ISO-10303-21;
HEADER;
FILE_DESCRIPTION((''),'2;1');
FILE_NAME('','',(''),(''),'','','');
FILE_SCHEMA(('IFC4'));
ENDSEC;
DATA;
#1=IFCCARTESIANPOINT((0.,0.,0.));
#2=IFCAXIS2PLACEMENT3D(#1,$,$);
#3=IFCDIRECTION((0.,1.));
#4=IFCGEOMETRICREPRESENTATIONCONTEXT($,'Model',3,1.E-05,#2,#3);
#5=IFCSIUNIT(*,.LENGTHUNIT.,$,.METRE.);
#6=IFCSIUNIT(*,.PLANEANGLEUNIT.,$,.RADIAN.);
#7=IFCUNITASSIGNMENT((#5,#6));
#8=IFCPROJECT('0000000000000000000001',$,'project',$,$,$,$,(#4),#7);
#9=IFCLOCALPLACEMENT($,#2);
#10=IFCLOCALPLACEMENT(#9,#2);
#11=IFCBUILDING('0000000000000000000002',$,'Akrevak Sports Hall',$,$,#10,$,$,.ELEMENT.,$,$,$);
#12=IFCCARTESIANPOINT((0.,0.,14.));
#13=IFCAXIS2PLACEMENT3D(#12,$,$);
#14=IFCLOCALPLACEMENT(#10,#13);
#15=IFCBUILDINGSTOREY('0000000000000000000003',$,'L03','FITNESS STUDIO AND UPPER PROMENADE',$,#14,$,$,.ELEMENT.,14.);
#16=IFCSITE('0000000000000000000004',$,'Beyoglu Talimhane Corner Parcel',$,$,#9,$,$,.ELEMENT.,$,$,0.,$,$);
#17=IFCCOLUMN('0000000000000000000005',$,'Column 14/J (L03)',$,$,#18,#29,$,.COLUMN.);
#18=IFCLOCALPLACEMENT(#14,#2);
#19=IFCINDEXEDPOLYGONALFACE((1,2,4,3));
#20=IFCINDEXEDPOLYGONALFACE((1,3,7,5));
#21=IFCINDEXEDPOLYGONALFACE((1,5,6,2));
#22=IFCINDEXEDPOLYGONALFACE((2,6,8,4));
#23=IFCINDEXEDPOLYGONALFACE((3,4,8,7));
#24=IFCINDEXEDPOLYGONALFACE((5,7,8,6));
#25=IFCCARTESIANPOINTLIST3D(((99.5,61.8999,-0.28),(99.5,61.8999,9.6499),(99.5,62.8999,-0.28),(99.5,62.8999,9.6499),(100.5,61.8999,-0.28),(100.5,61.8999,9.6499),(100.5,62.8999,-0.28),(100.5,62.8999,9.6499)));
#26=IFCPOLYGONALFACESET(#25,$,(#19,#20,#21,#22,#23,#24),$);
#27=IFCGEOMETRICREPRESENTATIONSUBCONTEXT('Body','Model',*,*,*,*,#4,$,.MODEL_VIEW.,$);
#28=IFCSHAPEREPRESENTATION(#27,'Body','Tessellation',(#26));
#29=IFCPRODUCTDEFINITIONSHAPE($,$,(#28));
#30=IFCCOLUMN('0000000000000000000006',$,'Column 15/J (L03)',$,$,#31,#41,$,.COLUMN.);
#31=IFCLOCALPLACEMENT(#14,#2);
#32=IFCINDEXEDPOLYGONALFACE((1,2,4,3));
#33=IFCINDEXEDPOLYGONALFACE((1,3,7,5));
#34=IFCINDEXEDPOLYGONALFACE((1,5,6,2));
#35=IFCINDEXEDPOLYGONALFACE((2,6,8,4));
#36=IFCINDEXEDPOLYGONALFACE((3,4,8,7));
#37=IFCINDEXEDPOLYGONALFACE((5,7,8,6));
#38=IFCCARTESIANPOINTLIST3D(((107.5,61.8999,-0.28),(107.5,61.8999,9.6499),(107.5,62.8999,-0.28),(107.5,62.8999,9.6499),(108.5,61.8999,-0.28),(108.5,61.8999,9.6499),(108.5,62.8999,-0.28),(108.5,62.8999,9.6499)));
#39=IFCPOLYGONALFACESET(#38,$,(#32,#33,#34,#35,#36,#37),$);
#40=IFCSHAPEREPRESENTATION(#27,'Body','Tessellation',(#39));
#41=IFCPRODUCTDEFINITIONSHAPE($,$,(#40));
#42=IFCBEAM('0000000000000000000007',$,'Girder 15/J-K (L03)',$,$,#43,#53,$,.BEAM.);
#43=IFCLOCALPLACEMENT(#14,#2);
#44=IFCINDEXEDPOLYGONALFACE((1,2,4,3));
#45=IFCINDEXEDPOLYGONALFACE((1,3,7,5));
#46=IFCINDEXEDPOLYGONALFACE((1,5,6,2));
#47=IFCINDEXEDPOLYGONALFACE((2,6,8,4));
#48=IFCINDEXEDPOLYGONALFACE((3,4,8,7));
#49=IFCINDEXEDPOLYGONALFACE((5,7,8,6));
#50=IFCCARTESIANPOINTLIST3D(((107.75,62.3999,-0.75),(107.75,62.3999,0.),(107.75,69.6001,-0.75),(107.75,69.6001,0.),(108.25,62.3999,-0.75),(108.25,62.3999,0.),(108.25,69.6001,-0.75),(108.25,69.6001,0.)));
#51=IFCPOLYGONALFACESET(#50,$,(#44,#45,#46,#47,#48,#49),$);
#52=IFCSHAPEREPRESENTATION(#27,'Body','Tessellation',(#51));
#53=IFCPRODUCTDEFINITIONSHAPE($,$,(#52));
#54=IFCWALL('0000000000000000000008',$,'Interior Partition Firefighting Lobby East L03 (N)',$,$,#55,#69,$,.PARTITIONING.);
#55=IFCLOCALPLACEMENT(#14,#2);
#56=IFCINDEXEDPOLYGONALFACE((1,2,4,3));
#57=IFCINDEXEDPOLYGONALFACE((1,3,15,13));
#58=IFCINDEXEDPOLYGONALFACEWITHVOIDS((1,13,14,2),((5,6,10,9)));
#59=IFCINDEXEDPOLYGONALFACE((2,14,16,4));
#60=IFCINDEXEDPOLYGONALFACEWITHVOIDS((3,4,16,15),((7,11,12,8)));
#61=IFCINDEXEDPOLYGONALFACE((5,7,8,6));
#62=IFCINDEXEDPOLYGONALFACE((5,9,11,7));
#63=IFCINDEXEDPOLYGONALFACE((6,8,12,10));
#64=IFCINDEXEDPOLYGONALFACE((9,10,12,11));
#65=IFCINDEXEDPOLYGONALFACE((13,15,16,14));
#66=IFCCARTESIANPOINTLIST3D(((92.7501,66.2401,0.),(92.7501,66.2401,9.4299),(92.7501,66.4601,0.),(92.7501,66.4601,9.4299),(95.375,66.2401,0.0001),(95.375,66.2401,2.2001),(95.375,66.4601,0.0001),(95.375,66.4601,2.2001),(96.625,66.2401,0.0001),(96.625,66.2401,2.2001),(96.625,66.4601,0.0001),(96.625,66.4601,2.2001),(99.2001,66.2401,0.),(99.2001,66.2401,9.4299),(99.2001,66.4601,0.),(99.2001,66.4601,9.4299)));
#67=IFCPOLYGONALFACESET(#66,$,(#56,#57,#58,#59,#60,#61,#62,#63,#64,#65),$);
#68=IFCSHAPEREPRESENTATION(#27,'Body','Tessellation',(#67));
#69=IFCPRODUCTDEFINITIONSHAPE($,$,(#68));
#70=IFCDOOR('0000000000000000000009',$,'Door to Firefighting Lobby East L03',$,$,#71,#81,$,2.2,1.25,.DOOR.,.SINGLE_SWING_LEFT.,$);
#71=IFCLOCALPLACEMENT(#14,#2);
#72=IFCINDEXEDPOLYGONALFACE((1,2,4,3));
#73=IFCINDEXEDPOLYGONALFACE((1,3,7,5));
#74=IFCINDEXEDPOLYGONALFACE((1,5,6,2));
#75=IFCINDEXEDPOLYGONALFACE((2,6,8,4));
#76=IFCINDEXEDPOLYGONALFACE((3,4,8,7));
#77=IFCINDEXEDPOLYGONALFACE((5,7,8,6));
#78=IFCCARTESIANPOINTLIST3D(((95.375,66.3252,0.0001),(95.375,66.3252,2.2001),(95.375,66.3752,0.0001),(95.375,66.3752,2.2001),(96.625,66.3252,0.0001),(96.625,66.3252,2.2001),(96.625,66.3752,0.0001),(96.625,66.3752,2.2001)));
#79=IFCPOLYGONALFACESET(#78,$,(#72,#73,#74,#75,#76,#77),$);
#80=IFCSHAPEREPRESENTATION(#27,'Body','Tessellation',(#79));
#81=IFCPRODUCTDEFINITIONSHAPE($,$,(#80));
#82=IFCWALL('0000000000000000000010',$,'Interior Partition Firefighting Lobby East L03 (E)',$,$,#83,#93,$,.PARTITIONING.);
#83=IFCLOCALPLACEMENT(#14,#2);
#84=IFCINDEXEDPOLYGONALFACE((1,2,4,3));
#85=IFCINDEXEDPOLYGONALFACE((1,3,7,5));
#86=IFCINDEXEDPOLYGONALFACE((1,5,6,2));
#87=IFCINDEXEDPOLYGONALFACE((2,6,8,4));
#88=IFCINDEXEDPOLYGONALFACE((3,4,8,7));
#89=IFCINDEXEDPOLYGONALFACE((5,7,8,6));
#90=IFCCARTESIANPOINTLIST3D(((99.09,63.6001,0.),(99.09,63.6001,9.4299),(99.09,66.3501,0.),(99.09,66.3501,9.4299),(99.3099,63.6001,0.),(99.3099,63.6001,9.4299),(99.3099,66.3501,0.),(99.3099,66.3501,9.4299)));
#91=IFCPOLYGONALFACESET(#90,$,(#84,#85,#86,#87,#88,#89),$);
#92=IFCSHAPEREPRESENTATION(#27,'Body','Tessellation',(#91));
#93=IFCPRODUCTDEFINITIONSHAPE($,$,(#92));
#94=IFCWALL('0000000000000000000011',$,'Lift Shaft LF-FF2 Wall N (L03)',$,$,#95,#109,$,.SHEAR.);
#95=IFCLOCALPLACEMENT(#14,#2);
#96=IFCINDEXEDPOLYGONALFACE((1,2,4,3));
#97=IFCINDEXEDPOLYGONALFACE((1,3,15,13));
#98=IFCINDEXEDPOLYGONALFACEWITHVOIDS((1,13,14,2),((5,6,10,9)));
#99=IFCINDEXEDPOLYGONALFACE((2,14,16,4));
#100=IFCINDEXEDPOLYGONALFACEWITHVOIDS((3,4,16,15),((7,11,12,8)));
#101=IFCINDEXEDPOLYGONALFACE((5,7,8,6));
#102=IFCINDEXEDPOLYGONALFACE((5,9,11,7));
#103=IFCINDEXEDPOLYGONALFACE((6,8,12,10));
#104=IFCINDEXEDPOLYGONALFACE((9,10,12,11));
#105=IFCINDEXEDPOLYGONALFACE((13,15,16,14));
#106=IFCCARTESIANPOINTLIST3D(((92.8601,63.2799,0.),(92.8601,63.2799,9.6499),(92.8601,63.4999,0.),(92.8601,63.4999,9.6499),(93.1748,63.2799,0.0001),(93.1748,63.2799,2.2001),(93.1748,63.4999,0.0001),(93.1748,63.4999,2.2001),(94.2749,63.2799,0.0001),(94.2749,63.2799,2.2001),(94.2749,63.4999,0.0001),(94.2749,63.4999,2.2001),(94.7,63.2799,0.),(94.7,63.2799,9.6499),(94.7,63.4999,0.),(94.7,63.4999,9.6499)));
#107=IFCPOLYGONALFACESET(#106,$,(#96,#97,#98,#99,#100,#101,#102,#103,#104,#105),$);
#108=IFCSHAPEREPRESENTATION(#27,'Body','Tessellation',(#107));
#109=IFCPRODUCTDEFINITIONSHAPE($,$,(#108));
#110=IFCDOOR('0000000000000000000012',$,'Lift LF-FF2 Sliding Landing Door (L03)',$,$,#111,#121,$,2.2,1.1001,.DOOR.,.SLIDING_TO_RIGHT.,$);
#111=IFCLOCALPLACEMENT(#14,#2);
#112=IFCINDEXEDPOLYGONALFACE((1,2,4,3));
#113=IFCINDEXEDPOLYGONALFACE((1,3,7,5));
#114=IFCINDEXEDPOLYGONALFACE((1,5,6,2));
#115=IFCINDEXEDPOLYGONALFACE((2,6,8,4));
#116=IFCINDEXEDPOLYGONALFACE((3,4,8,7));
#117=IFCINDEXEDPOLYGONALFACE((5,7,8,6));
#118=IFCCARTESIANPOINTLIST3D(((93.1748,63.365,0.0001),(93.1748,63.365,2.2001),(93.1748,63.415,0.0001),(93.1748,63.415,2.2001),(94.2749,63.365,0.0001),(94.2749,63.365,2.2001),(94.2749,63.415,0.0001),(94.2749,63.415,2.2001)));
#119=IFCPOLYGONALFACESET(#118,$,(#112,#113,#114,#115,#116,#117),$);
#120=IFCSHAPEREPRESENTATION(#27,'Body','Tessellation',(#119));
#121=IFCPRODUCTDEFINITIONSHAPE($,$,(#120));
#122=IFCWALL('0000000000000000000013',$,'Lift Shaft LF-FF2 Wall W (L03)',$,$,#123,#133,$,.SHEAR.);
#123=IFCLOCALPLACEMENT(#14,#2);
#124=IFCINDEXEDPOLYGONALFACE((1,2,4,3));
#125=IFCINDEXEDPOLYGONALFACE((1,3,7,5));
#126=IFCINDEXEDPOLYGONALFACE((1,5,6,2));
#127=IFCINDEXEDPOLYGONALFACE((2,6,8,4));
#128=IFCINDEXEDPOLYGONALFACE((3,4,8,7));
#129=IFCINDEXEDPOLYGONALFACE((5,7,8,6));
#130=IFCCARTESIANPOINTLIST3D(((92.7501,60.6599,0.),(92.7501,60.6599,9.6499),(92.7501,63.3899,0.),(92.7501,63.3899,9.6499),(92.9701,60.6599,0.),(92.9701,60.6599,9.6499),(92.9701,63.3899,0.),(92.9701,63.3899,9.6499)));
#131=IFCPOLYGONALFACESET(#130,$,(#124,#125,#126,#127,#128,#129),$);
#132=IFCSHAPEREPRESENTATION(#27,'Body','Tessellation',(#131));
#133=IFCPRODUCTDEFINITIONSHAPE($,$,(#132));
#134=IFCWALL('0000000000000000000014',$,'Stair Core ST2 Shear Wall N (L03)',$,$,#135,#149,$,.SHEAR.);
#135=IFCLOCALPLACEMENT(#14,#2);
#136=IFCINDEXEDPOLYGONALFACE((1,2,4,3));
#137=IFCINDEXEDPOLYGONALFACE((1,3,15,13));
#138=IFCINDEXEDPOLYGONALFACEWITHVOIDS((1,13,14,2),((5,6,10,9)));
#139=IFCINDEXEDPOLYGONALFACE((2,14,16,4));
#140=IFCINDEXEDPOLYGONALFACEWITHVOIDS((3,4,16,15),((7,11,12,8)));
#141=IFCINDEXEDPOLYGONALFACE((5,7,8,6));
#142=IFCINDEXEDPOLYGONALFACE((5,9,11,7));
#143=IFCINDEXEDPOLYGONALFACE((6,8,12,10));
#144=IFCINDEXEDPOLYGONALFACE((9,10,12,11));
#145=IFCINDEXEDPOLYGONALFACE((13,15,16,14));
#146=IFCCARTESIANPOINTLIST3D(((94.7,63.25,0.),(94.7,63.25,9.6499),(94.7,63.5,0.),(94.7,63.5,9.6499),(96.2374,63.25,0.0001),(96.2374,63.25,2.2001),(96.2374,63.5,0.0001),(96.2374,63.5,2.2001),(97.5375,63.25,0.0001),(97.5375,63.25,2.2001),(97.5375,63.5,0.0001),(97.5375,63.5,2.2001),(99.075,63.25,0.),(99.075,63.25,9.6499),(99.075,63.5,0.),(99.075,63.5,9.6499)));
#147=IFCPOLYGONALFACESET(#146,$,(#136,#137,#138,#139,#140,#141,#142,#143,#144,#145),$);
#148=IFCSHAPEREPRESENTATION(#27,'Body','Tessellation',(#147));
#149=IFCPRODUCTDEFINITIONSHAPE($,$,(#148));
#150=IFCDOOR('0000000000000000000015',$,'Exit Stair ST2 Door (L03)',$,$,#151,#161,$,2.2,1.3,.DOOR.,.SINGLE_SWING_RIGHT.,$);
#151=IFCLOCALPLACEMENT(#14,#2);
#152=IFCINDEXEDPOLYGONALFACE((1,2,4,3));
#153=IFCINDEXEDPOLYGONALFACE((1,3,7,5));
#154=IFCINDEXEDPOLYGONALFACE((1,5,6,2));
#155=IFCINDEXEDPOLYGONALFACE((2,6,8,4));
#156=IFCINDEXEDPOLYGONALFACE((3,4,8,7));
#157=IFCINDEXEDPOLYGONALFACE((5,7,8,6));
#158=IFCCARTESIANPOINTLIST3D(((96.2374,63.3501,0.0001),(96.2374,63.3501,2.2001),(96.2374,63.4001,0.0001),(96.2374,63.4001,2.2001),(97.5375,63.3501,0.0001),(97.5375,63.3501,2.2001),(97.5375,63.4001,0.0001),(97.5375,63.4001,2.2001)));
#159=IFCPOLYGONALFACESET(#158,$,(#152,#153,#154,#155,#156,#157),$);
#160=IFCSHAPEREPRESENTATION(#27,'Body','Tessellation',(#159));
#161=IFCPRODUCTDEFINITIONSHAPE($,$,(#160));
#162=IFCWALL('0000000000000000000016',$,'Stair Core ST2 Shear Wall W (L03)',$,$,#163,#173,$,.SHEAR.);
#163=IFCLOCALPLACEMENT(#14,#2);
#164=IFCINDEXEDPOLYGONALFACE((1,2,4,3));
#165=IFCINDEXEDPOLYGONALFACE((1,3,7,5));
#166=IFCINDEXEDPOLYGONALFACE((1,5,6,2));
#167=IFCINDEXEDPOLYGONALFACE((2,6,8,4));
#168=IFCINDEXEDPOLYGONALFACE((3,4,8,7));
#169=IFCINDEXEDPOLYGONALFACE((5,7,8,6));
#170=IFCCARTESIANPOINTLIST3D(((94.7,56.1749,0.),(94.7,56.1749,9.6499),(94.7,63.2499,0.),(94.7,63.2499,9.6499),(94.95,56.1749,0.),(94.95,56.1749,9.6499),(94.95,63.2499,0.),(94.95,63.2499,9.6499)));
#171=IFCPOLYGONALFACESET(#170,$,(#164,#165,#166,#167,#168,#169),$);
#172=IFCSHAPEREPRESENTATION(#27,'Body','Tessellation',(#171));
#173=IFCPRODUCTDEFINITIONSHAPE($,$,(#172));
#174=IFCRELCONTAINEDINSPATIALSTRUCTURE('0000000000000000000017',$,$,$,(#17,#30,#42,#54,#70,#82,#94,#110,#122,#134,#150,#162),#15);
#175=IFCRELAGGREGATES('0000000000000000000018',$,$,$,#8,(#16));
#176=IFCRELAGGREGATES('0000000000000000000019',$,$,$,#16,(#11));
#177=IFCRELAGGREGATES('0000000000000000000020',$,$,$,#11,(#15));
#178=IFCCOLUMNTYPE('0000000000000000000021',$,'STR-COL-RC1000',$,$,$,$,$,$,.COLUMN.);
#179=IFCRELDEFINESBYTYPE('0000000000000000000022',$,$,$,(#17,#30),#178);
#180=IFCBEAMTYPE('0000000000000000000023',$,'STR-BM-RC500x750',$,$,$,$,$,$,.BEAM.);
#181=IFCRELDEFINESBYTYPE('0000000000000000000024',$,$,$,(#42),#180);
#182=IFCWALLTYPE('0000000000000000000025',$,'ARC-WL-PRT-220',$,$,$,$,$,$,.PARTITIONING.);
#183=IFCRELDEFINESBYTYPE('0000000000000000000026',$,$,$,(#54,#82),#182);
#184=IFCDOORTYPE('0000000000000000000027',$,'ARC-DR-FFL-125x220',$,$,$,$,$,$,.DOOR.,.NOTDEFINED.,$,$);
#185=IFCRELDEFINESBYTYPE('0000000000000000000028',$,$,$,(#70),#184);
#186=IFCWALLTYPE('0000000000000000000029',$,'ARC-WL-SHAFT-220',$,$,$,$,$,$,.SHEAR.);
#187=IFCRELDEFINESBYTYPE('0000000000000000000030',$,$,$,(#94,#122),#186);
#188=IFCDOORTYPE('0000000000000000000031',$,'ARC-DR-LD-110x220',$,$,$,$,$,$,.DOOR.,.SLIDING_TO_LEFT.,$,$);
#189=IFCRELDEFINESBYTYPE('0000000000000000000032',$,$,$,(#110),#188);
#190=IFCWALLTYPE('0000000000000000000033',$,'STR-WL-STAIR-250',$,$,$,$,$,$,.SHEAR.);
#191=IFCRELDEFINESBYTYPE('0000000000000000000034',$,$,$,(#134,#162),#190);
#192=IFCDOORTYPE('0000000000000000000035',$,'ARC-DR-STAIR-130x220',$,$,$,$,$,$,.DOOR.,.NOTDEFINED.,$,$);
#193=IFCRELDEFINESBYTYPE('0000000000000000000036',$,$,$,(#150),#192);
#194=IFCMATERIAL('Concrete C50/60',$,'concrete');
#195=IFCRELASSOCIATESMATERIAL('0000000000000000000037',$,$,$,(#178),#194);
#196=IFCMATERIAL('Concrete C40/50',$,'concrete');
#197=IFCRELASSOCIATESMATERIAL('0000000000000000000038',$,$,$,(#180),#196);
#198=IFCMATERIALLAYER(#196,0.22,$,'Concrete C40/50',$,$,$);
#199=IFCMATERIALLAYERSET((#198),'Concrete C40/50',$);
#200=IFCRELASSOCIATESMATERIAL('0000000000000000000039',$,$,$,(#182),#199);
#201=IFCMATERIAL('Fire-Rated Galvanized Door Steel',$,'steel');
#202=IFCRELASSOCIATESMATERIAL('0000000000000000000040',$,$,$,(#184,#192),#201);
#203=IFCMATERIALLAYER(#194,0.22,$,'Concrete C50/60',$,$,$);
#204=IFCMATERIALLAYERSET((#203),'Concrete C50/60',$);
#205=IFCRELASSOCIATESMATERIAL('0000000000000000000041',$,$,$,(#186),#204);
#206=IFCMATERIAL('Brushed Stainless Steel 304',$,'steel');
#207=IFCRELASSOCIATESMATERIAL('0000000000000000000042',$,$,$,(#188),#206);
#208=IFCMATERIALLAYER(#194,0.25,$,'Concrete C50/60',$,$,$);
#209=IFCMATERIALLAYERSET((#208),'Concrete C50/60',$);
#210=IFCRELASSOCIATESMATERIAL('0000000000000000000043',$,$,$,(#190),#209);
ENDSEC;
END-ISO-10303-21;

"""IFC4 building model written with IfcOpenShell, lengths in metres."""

from ifc_helpers import new_model, si_unit, direction, frame, frame_2d, origin, origin_2d, place, context, subcontext, project, spatial, rectangle, extrude, material, layer, layer_set, material_profile, profile_set, type_object, element, fill, save


model = new_model("IFC4")

# Units and contexts
model_context = context("Model", 3, precision=1e-05, world=origin(), true_north=direction((0.0, 1.0)))
body_context = subcontext(model_context, "Body", "Model", "MODEL_VIEW")
ifc_project = project(units=[si_unit("LENGTHUNIT", "METRE"), si_unit("PLANEANGLEUNIT", "RADIAN")], contexts=[model_context])

# Site, building, storey
site_placement = place(None, origin())
site = spatial("IfcSite", under=ifc_project, at=site_placement, Name="Beyoglu Talimhane Corner Parcel", CompositionType="ELEMENT", RefElevation=0.0)
building_placement = place(site_placement, origin())
building = spatial("IfcBuilding", under=site, at=building_placement, Name="Akrevak Sports Hall", CompositionType="ELEMENT")
storey_placement = place(building_placement, frame((0.0, 0.0, 14.0)))
storey = spatial("IfcBuildingStorey", under=building, at=storey_placement, Name="L03", Description="FITNESS STUDIO AND UPPER PROMENADE", CompositionType="ELEMENT", Elevation=14.0)

# Columns
ifc_material_1 = material(Name="Concrete C50/60", Category="concrete")
ifc_material_profile_1 = material_profile(ifc_material_1, rectangle(XDim=1.0, YDim=1.0, at=origin_2d()), Name="RC 1000x1000", Category="concrete")
ifc_profile_set_1 = profile_set([ifc_material_profile_1], Name="Concrete C50/60")
column_type = type_object("IfcColumnType", Name="STR-COL-RC1000", PredefinedType="COLUMN", material=ifc_profile_set_1)
for number, where, z_axis, x_axis, name in (
    (1, (100.0, 62.3999, -0.28), (0.0, 0.0, 1.0), (1.0, 0.0, 0.0), "Column 14/J (L03)"),
    (2, (108.0, 62.3999, -0.28), (0.0, 0.0, 1.0), (1.0, 0.0, 0.0), "Column 15/J (L03)"),
):
    element("IfcColumn", number, at=place(storey_placement, frame(where, z_axis=z_axis, x_axis=x_axis)), inside=storey, type_object=column_type, Name=name, PredefinedType="COLUMN", context=body_context, shape_type="SweptSolid", body=[
        extrude(rectangle(XDim=1.0, YDim=1.0, at=origin_2d()), origin(), (0.0, 0.0, 1.0), 9.9299),
    ])

# Beam
ifc_material_2 = material(Name="Concrete C40/50", Category="concrete")
ifc_material_profile_2 = material_profile(ifc_material_2, rectangle(XDim=0.5, YDim=0.75, at=origin_2d()), Name="BM 500x750", Category="concrete")
ifc_profile_set_2 = profile_set([ifc_material_profile_2], Name="Concrete C40/50")
beam_type = type_object("IfcBeamType", Name="STR-BM-RC500x750", PredefinedType="BEAM", material=ifc_profile_set_2)
beam_placement = place(storey_placement, frame((108.0, 62.3999, -0.375), z_axis=(0.0, 1.0, 0.0), x_axis=(-1.0, 0.0, 0.0)))
element("IfcBeam", 3, at=beam_placement, inside=storey, type_object=beam_type, Name="Girder 15/J-K (L03)", PredefinedType="BEAM", context=body_context, shape_type="SweptSolid", body=[
    extrude(rectangle(XDim=0.5, YDim=0.75, at=origin_2d()), origin(), (0.0, 0.0, 1.0), 7.2002),
])

# Wall, opening, door
ifc_layer_1 = layer(ifc_material_2, 0.22, Name="Concrete C40/50")
ifc_layer_set_1 = layer_set([ifc_layer_1], Name="Concrete C40/50")
wall_type_1 = type_object("IfcWallType", Name="ARC-WL-PRT-220", PredefinedType="PARTITIONING", material=ifc_layer_set_1)
wall_1_placement = place(storey_placement, frame((92.75, 66.3501, 0.0), z_axis=(0.0, 0.0, 1.0), x_axis=(1.0, 0.0, 0.0)))
wall_1 = element("IfcWall", 4, at=wall_1_placement, inside=storey, type_object=wall_type_1, Name="Interior Partition Firefighting Lobby East L03 (N)", PredefinedType="PARTITIONING", context=body_context, shape_type="SweptSolid", body=[
    extrude(rectangle(XDim=6.45, YDim=0.22, at=frame_2d((3.2251, 0.0))), origin(), (0.0, 0.0, 1.0), 9.4299),
])
opening_1_placement = place(wall_1_placement, frame((2.625, 0.0, 0.0)))
opening_1 = element("IfcOpeningElement", 5, at=opening_1_placement, cuts=wall_1, PredefinedType="OPENING", context=body_context, shape_type="SweptSolid", body=[
    extrude(rectangle(XDim=1.25, YDim=2.2, at=frame_2d((0.625, 1.1001))), frame((0.0, 0.1221, 0.0), z_axis=(0.0, -1.0, 0.0), x_axis=(1.0, 0.0, 0.0)), (0.0, 0.0, 1.0), 0.2439),
])
ifc_material_3 = material(Name="Fire-Rated Galvanized Door Steel", Category="steel")
door_type_1 = type_object("IfcDoorType", Name="ARC-DR-FFL-125x220", OperationType="NOTDEFINED", PredefinedType="DOOR", material=ifc_material_3)
door_1_placement = place(opening_1_placement, frame((1.25, 0.0, 0.0), z_axis=(0.0, 0.0, 1.0), x_axis=(-1.0, 0.0, 0.0)))
door_1 = element("IfcDoor", 6, at=door_1_placement, inside=storey, type_object=door_type_1, Name="Door to Firefighting Lobby East L03", OperationType="SINGLE_SWING_LEFT", OverallHeight=2.2, OverallWidth=1.25, PredefinedType="DOOR", context=body_context, shape_type="SweptSolid", body=[
    extrude(rectangle(XDim=1.25, YDim=2.2, at=frame_2d((0.625, 1.1001))), frame((0.0, 0.0249, 0.0), z_axis=(0.0, -1.0, 0.0), x_axis=(1.0, 0.0, 0.0)), (0.0, 0.0, 1.0), 0.05),
])
fill(opening_1, door_1)

# Wall
wall_2_placement = place(storey_placement, frame((99.2, 63.6001, 0.0), z_axis=(0.0, 0.0, 1.0), x_axis=(0.0, 1.0, 0.0)))
element("IfcWall", 7, at=wall_2_placement, inside=storey, type_object=wall_type_1, Name="Interior Partition Firefighting Lobby East L03 (E)", PredefinedType="PARTITIONING", context=body_context, shape_type="SweptSolid", body=[
    extrude(rectangle(XDim=2.75, YDim=0.22, at=frame_2d((1.375, 0.0))), origin(), (0.0, 0.0, 1.0), 9.4299),
])

# Wall, opening, door
ifc_layer_2 = layer(ifc_material_1, 0.22, Name="Concrete C50/60")
ifc_layer_set_2 = layer_set([ifc_layer_2], Name="Concrete C50/60")
wall_type_2 = type_object("IfcWallType", Name="ARC-WL-SHAFT-220", PredefinedType="SHEAR", material=ifc_layer_set_2)
wall_3_placement = place(storey_placement, frame((94.7, 63.3899, 0.0), z_axis=(0.0, 0.0, 1.0), x_axis=(-1.0, 0.0, 0.0)))
wall_3 = element("IfcWall", 8, at=wall_3_placement, inside=storey, type_object=wall_type_2, Name="Lift Shaft LF-FF2 Wall N (L03)", PredefinedType="SHEAR", context=body_context, shape_type="SweptSolid", body=[
    extrude(rectangle(XDim=1.8398, YDim=0.22, at=frame_2d((0.9199, 0.0))), origin(), (0.0, 0.0, 1.0), 9.6499),
])
opening_2_placement = place(wall_3_placement, frame((0.425, 0.0, 0.0)))
opening_2 = element("IfcOpeningElement", 9, at=opening_2_placement, cuts=wall_3, PredefinedType="OPENING", context=body_context, shape_type="SweptSolid", body=[
    extrude(rectangle(XDim=1.1001, YDim=2.2, at=frame_2d((0.55, 1.1001))), frame((0.0, 0.1221, 0.0), z_axis=(0.0, -1.0, 0.0), x_axis=(1.0, 0.0, 0.0)), (0.0, 0.0, 1.0), 0.2439),
])
ifc_material_4 = material(Name="Brushed Stainless Steel 304", Category="steel")
door_type_2 = type_object("IfcDoorType", Name="ARC-DR-LD-110x220", OperationType="SLIDING_TO_LEFT", PredefinedType="DOOR", material=ifc_material_4)
door_2_placement = place(opening_2_placement, origin())
door_2 = element("IfcDoor", 10, at=door_2_placement, inside=storey, type_object=door_type_2, Name="Lift LF-FF2 Sliding Landing Door (L03)", OperationType="SLIDING_TO_RIGHT", OverallHeight=2.2, OverallWidth=1.1001, PredefinedType="DOOR", context=body_context, shape_type="SweptSolid", body=[
    extrude(rectangle(XDim=1.1001, YDim=2.2, at=frame_2d((0.55, 1.1001))), frame((0.0, 0.0249, 0.0), z_axis=(0.0, -1.0, 0.0), x_axis=(1.0, 0.0, 0.0)), (0.0, 0.0, 1.0), 0.05),
])
fill(opening_2, door_2)

# Wall
wall_4_placement = place(storey_placement, frame((92.8601, 63.3899, 0.0), z_axis=(0.0, 0.0, 1.0), x_axis=(0.0, -1.0, 0.0)))
element("IfcWall", 11, at=wall_4_placement, inside=storey, type_object=wall_type_2, Name="Lift Shaft LF-FF2 Wall W (L03)", PredefinedType="SHEAR", context=body_context, shape_type="SweptSolid", body=[
    extrude(rectangle(XDim=2.73, YDim=0.22, at=frame_2d((1.365, 0.0))), origin(), (0.0, 0.0, 1.0), 9.6499),
])

# Wall, opening, door
ifc_layer_3 = layer(ifc_material_1, 0.25, Name="Concrete C50/60")
ifc_layer_set_3 = layer_set([ifc_layer_3], Name="Concrete C50/60")
wall_type_3 = type_object("IfcWallType", Name="STR-WL-STAIR-250", PredefinedType="SHEAR", material=ifc_layer_set_3)
wall_5_placement = place(storey_placement, frame((99.075, 63.375, 0.0), z_axis=(0.0, 0.0, 1.0), x_axis=(-1.0, 0.0, 0.0)))
wall_5 = element("IfcWall", 12, at=wall_5_placement, inside=storey, type_object=wall_type_3, Name="Stair Core ST2 Shear Wall N (L03)", PredefinedType="SHEAR", context=body_context, shape_type="SweptSolid", body=[
    extrude(rectangle(XDim=4.375, YDim=0.25, at=frame_2d((2.1875, 0.0))), origin(), (0.0, 0.0, 1.0), 9.6499),
])
opening_3_placement = place(wall_5_placement, frame((1.5376, 0.0, 0.0)))
opening_3 = element("IfcOpeningElement", 13, at=opening_3_placement, cuts=wall_5, PredefinedType="OPENING", context=body_context, shape_type="SweptSolid", body=[
    extrude(rectangle(XDim=1.3, YDim=2.2, at=frame_2d((0.6499, 1.1001))), frame((0.0, 0.137, 0.0), z_axis=(0.0, -1.0, 0.0), x_axis=(1.0, 0.0, 0.0)), (0.0, 0.0, 1.0), 0.2739),
])
door_type_3 = type_object("IfcDoorType", Name="ARC-DR-STAIR-130x220", OperationType="NOTDEFINED", PredefinedType="DOOR", material=ifc_material_3)
door_3_placement = place(opening_3_placement, origin())
door_3 = element("IfcDoor", 14, at=door_3_placement, inside=storey, type_object=door_type_3, Name="Exit Stair ST2 Door (L03)", OperationType="SINGLE_SWING_RIGHT", OverallHeight=2.2, OverallWidth=1.3, PredefinedType="DOOR", context=body_context, shape_type="SweptSolid", body=[
    extrude(rectangle(XDim=1.3, YDim=2.2, at=frame_2d((0.6499, 1.1001))), frame((0.0, 0.0249, 0.0), z_axis=(0.0, -1.0, 0.0), x_axis=(1.0, 0.0, 0.0)), (0.0, 0.0, 1.0), 0.05),
])
fill(opening_3, door_3)

# Wall
wall_6_placement = place(storey_placement, frame((94.825, 63.25, 0.0), z_axis=(0.0, 0.0, 1.0), x_axis=(0.0, -1.0, 0.0)))
element("IfcWall", 15, at=wall_6_placement, inside=storey, type_object=wall_type_3, Name="Stair Core ST2 Shear Wall W (L03)", PredefinedType="SHEAR", context=body_context, shape_type="SweptSolid", body=[
    extrude(rectangle(XDim=7.075, YDim=0.25, at=frame_2d((3.5376, 0.0))), origin(), (0.0, 0.0, 1.0), 9.6499),
])

save(model, "model.ifc")
